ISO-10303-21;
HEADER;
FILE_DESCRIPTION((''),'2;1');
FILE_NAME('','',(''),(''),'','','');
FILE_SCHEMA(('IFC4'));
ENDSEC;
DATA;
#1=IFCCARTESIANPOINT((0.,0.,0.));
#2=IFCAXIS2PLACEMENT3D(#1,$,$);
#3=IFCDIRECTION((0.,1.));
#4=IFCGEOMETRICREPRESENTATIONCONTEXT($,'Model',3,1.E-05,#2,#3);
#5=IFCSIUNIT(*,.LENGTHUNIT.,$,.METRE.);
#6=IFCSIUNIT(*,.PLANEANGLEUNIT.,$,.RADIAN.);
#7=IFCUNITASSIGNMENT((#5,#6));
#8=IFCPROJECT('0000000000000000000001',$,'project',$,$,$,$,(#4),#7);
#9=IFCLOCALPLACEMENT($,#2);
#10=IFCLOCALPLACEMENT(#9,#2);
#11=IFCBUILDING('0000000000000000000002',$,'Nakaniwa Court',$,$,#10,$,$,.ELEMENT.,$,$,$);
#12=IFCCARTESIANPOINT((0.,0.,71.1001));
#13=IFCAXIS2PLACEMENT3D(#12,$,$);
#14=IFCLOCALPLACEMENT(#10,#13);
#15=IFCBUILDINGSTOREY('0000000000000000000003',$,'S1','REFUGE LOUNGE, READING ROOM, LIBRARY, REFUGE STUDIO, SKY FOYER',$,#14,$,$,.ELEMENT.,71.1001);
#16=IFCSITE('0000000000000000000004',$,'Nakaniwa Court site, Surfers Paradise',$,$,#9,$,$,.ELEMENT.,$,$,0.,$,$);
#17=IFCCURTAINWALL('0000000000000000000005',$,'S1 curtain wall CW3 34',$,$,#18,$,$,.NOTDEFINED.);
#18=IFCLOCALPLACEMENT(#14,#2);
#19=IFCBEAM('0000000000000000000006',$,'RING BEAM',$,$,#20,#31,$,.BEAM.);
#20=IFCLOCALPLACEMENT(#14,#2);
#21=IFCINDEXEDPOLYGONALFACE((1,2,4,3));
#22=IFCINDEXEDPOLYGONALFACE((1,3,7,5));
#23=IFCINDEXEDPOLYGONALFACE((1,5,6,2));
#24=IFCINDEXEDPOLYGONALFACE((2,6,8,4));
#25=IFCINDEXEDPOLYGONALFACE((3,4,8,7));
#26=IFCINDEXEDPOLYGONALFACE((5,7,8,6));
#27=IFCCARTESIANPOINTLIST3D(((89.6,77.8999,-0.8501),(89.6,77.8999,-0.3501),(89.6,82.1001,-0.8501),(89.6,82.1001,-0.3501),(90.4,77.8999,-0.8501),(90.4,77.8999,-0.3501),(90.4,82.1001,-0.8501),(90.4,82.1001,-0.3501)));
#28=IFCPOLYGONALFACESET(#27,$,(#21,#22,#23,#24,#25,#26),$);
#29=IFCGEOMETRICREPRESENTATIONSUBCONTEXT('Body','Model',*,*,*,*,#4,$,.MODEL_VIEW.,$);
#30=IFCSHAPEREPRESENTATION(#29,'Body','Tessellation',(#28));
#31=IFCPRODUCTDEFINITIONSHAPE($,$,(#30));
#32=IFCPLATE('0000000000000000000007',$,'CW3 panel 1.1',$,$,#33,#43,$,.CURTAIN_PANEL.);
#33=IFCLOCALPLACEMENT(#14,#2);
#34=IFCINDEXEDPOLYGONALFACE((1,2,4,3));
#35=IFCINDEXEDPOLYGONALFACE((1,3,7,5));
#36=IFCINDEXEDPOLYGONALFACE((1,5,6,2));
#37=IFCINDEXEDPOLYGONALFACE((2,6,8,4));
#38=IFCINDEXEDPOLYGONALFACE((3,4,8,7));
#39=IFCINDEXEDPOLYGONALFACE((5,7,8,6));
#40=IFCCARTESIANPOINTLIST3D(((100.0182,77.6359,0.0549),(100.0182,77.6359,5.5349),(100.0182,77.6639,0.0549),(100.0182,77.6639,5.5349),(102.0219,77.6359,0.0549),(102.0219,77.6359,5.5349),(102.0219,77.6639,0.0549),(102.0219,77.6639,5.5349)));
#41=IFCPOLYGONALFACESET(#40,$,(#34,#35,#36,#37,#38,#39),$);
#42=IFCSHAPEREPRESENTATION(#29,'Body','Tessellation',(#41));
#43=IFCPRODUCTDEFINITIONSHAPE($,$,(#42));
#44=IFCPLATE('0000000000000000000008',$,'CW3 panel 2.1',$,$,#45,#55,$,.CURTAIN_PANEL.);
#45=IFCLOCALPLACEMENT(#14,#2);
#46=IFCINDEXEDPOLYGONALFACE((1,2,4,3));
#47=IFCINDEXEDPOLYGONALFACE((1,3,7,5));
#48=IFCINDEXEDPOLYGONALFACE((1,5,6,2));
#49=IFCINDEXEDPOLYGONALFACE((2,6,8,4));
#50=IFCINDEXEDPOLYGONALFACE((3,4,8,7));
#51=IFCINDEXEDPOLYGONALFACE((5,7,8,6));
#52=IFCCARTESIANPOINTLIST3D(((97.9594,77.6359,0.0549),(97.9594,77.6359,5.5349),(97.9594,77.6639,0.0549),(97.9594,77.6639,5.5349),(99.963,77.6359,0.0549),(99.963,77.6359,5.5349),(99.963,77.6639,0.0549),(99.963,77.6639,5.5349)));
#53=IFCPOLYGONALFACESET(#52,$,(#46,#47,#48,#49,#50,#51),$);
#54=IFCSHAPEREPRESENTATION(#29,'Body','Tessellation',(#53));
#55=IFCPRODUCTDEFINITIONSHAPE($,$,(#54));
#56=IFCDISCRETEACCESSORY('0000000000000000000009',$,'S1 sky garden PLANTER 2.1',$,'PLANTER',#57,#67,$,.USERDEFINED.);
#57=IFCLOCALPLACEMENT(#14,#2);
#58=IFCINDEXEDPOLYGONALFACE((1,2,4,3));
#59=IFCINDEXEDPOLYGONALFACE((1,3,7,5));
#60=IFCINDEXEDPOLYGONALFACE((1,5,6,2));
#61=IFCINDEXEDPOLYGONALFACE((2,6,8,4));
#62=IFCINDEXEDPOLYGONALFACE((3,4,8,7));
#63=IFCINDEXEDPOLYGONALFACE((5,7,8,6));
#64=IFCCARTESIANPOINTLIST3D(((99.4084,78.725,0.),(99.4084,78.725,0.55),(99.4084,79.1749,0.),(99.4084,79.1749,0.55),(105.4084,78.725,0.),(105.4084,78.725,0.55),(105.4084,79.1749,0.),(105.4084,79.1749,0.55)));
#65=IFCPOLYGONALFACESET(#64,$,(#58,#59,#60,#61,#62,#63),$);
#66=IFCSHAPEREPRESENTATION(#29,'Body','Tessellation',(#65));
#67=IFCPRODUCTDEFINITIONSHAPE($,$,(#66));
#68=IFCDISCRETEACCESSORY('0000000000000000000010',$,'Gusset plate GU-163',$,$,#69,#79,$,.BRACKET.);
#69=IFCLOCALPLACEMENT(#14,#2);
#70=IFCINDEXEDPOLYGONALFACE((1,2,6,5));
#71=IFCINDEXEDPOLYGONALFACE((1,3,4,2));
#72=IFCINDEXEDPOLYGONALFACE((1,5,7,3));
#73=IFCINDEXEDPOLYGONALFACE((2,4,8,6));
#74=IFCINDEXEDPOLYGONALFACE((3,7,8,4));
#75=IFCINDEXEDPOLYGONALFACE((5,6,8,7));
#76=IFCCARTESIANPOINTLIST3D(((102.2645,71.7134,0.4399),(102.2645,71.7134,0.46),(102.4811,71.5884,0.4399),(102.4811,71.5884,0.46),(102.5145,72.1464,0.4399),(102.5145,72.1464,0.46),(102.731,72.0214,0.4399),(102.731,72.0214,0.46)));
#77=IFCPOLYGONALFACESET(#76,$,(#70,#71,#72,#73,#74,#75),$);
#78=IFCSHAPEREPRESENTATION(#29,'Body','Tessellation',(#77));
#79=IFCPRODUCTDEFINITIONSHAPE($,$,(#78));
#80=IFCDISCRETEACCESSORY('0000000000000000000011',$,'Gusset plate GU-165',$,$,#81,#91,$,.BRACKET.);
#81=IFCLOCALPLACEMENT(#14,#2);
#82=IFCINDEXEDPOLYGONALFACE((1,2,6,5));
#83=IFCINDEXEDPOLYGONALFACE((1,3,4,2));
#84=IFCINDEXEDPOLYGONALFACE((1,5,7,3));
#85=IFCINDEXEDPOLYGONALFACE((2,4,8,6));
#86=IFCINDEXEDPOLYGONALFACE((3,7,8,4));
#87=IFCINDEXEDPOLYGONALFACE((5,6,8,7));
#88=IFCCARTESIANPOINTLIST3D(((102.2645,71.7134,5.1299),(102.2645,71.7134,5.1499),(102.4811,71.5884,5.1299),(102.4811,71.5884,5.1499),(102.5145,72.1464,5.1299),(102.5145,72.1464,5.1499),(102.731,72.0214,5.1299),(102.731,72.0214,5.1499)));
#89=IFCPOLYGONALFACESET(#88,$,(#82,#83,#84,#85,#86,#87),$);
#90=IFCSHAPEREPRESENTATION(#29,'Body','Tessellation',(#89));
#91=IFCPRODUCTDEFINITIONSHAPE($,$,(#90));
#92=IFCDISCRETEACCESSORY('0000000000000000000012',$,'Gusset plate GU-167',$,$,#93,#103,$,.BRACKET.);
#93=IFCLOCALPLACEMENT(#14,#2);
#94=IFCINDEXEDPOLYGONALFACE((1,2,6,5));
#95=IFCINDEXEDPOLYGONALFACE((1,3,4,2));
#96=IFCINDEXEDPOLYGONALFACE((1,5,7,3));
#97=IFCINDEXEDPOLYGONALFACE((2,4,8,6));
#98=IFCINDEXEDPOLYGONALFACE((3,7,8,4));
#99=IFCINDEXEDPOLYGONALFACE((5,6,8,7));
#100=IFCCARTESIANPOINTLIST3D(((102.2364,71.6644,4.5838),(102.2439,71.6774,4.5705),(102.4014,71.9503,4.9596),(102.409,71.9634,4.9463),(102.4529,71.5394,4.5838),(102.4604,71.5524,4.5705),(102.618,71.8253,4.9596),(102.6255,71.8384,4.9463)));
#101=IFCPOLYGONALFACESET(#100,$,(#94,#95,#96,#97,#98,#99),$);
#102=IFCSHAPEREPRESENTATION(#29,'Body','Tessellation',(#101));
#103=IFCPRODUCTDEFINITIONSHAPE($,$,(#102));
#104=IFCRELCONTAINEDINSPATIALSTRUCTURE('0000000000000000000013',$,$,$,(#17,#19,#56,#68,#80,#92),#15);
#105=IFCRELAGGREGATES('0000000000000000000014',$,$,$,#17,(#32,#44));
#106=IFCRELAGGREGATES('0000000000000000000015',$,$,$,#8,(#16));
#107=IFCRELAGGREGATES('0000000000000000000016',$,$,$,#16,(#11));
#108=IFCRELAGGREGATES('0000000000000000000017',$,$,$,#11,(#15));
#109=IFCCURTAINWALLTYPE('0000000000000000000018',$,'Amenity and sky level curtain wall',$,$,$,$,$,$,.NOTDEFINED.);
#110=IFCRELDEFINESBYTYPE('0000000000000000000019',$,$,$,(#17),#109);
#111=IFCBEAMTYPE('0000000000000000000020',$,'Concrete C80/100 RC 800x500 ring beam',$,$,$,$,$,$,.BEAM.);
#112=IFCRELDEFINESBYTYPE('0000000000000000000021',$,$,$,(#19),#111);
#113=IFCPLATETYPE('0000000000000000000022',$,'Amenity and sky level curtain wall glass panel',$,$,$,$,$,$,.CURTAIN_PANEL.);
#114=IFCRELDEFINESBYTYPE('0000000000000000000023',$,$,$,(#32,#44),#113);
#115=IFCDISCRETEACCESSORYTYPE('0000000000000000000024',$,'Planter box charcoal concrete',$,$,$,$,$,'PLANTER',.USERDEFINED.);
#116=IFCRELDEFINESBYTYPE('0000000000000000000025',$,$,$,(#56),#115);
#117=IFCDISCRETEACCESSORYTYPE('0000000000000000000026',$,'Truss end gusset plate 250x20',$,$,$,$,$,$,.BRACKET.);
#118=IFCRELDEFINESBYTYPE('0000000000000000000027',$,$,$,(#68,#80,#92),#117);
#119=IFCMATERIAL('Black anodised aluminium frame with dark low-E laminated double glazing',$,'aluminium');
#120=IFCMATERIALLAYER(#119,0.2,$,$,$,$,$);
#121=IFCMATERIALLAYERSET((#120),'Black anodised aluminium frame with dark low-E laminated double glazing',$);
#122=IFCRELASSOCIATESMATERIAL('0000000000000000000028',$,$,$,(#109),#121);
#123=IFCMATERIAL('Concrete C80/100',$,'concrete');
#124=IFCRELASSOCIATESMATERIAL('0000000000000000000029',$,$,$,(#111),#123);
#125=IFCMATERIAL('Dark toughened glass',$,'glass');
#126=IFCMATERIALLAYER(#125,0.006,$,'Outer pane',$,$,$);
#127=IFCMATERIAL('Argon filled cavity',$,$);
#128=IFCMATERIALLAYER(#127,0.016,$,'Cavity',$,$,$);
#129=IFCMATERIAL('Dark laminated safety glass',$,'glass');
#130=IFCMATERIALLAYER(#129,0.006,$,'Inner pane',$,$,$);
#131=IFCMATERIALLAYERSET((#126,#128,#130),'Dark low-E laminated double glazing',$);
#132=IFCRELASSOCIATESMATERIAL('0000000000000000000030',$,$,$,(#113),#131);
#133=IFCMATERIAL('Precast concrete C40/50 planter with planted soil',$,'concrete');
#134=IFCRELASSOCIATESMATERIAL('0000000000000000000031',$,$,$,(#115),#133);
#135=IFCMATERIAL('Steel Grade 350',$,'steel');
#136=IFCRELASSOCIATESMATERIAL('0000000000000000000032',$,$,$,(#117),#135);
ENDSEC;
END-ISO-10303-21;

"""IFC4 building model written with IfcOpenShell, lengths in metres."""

from ifc_helpers import new_model, si_unit, direction, frame, origin, origin_2d, place, context, subcontext, project, spatial, rectangle, extrude, material, layer, layer_set, material_profile, profile_set, type_object, element, aggregate, save


model = new_model("IFC4")

# Units and contexts
model_context = context("Model", 3, precision=1e-05, world=origin(), true_north=direction((0.0, 1.0)))
body_context = subcontext(model_context, "Body", "Model", "MODEL_VIEW")
ifc_project = project(units=[si_unit("LENGTHUNIT", "METRE"), si_unit("PLANEANGLEUNIT", "RADIAN")], contexts=[model_context])

# Site, building, storey
site_placement = place(None, origin())
site = spatial("IfcSite", under=ifc_project, at=site_placement, Name="Nakaniwa Court site, Surfers Paradise", CompositionType="ELEMENT", RefElevation=0.0)
building_placement = place(site_placement, origin())
building = spatial("IfcBuilding", under=site, at=building_placement, Name="Nakaniwa Court", CompositionType="ELEMENT")
storey_placement = place(building_placement, frame((0.0, 0.0, 71.1001)))
storey = spatial("IfcBuildingStorey", under=building, at=storey_placement, Name="S1", Description="REFUGE LOUNGE, READING ROOM, LIBRARY, REFUGE STUDIO, SKY FOYER", CompositionType="ELEMENT", Elevation=71.1001)

# Shared definitions
ifc_material_1 = material(Name="Concrete C80/100", Category="concrete")

# Curtain wall
ifc_material_2 = material(Name="Black anodised aluminium frame with dark low-E laminated double glazing", Category="aluminium")
ifc_layer_1 = layer(ifc_material_2, 0.2)
ifc_layer_set_1 = layer_set([ifc_layer_1], Name="Black anodised aluminium frame with dark low-E laminated double glazing")
curtain_wall_type = type_object("IfcCurtainWallType", Name="Amenity and sky level curtain wall", PredefinedType="NOTDEFINED", material=ifc_layer_set_1)
curtain_wall_placement = place(storey_placement, origin())
curtain_wall = element("IfcCurtainWall", 1, at=curtain_wall_placement, inside=storey, type_object=curtain_wall_type, Name="S1 curtain wall CW3 34", PredefinedType="NOTDEFINED")

# Beam
ifc_material_profile_1 = material_profile(ifc_material_1, rectangle(XDim=0.8, YDim=0.5, at=origin_2d()), Name="Concrete C80/100 RC 800x500 ring beam")
ifc_profile_set_1 = profile_set([ifc_material_profile_1], Name="Concrete C80/100")
beam_type_1 = type_object("IfcBeamType", Name="Concrete C80/100 RC 800x500 ring beam", PredefinedType="BEAM", material=ifc_profile_set_1)
beam_1_placement = place(storey_placement, frame((90.0, 77.8999, -0.6001), z_axis=(0.0, 1.0, 0.0), x_axis=(-1.0, 0.0, 0.0)))
element("IfcBeam", 2, at=beam_1_placement, inside=storey, type_object=beam_type_1, Name="RING BEAM", PredefinedType="BEAM", context=body_context, shape_type="SweptSolid", body=[
    extrude(rectangle(XDim=0.8, YDim=0.5, at=origin_2d()), origin(), (0.0, 0.0, 1.0), 4.2002),
])

# Plates
ifc_material_3 = material(Name="Dark toughened glass", Category="glass")
ifc_layer_2 = layer(ifc_material_3, 0.006, Name="Outer pane")
ifc_material_4 = material(Name="Argon filled cavity")
ifc_layer_3 = layer(ifc_material_4, 0.016, Name="Cavity")
ifc_material_5 = material(Name="Dark laminated safety glass", Category="glass")
ifc_layer_4 = layer(ifc_material_5, 0.006, Name="Inner pane")
ifc_layer_set_2 = layer_set([ifc_layer_2, ifc_layer_3, ifc_layer_4], Name="Dark low-E laminated double glazing")
plate_type = type_object("IfcPlateType", Name="Amenity and sky level curtain wall glass panel", PredefinedType="CURTAIN_PANEL", material=ifc_layer_set_2)
plate_1_placement = place(storey_placement, frame((101.02, 77.6499, 0.0549), z_axis=(0.0, 0.0, 1.0), x_axis=(-1.0, 0.0, 0.0)))
plate_1 = element("IfcPlate", 3, at=plate_1_placement, type_object=plate_type, Name="CW3 panel 1.1", PredefinedType="CURTAIN_PANEL", context=body_context, shape_type="SweptSolid", body=[
    extrude(rectangle(XDim=2.0037, YDim=0.0281, at=origin_2d()), origin(), (0.0, 0.0, 1.0), 5.48),
])
plate_2_placement = place(storey_placement, frame((98.9612, 77.6499, 0.0549), z_axis=(0.0, 0.0, 1.0), x_axis=(-1.0, 0.0, 0.0)))
plate_2 = element("IfcPlate", 4, at=plate_2_placement, type_object=plate_type, Name="CW3 panel 2.1", PredefinedType="CURTAIN_PANEL", context=body_context, shape_type="SweptSolid", body=[
    extrude(rectangle(XDim=2.0037, YDim=0.0281, at=origin_2d()), origin(), (0.0, 0.0, 1.0), 5.48),
])
aggregate(curtain_wall, [plate_1, plate_2])

# Discrete accessories
ifc_material_6 = material(Name="Precast concrete C40/50 planter with planted soil", Category="concrete")
discrete_accessory_type_1 = type_object("IfcDiscreteAccessoryType", Name="Planter box charcoal concrete", ElementType="PLANTER", PredefinedType="USERDEFINED", material=ifc_material_6)
discrete_accessory_1_placement = place(storey_placement, frame((102.4084, 78.95, 0.0), z_axis=(0.0, 0.0, 1.0), x_axis=(1.0, 0.0, 0.0)))
element("IfcDiscreteAccessory", 5, at=discrete_accessory_1_placement, inside=storey, type_object=discrete_accessory_type_1, Name="S1 sky garden PLANTER 2.1", ObjectType="PLANTER", PredefinedType="USERDEFINED", context=body_context, shape_type="SweptSolid", body=[
    extrude(rectangle(XDim=6.0, YDim=0.45, at=origin_2d()), origin(), (0.0, 0.0, 1.0), 0.55),
])
ifc_material_7 = material(Name="Steel Grade 350", Category="steel")
ifc_material_profile_2 = material_profile(ifc_material_7, rectangle(XDim=0.25, YDim=0.02, at=origin_2d()), Name="Truss end gusset plate 250x20")
ifc_profile_set_2 = profile_set([ifc_material_profile_2], Name="Steel Grade 350")
discrete_accessory_type_2 = type_object("IfcDiscreteAccessoryType", Name="Truss end gusset plate 250x20", PredefinedType="BRACKET", material=ifc_profile_set_2)
for number, where, z_axis, x_axis, name in (
    (6, (102.3728, 71.6509, 0.45), (0.49992, 0.866072, 0.0), (-0.866072, 0.49992, 0.0), "Gusset plate GU-163"),
    (7, (102.3728, 71.6509, 5.1399), (0.49992, 0.866072, 0.0), (-0.866072, 0.49992, 0.0), "Gusset plate GU-165"),
):
    element("IfcDiscreteAccessory", number, at=place(storey_placement, frame(where, z_axis=z_axis, x_axis=x_axis)), inside=storey, type_object=discrete_accessory_type_2, Name=name, PredefinedType="BRACKET", context=body_context, shape_type="SweptSolid", body=[
        extrude(rectangle(XDim=0.25, YDim=0.02, at=origin_2d()), origin(), (0.0, 0.0, 1.0), 0.5),
    ])
discrete_accessory_2_placement = place(storey_placement, frame((102.3484, 71.6084, 4.5771), z_axis=(0.329982, 0.571612, 0.751247), x_axis=(-0.86605, 0.499957, 0.0)))
element("IfcDiscreteAccessory", 8, at=discrete_accessory_2_placement, inside=storey, type_object=discrete_accessory_type_2, Name="Gusset plate GU-167", PredefinedType="BRACKET", context=body_context, shape_type="SweptSolid", body=[
    extrude(rectangle(XDim=0.25, YDim=0.02, at=origin_2d()), origin(), (0.0, 0.0, 1.0), 0.5002),
])

save(model, "model.ifc")
